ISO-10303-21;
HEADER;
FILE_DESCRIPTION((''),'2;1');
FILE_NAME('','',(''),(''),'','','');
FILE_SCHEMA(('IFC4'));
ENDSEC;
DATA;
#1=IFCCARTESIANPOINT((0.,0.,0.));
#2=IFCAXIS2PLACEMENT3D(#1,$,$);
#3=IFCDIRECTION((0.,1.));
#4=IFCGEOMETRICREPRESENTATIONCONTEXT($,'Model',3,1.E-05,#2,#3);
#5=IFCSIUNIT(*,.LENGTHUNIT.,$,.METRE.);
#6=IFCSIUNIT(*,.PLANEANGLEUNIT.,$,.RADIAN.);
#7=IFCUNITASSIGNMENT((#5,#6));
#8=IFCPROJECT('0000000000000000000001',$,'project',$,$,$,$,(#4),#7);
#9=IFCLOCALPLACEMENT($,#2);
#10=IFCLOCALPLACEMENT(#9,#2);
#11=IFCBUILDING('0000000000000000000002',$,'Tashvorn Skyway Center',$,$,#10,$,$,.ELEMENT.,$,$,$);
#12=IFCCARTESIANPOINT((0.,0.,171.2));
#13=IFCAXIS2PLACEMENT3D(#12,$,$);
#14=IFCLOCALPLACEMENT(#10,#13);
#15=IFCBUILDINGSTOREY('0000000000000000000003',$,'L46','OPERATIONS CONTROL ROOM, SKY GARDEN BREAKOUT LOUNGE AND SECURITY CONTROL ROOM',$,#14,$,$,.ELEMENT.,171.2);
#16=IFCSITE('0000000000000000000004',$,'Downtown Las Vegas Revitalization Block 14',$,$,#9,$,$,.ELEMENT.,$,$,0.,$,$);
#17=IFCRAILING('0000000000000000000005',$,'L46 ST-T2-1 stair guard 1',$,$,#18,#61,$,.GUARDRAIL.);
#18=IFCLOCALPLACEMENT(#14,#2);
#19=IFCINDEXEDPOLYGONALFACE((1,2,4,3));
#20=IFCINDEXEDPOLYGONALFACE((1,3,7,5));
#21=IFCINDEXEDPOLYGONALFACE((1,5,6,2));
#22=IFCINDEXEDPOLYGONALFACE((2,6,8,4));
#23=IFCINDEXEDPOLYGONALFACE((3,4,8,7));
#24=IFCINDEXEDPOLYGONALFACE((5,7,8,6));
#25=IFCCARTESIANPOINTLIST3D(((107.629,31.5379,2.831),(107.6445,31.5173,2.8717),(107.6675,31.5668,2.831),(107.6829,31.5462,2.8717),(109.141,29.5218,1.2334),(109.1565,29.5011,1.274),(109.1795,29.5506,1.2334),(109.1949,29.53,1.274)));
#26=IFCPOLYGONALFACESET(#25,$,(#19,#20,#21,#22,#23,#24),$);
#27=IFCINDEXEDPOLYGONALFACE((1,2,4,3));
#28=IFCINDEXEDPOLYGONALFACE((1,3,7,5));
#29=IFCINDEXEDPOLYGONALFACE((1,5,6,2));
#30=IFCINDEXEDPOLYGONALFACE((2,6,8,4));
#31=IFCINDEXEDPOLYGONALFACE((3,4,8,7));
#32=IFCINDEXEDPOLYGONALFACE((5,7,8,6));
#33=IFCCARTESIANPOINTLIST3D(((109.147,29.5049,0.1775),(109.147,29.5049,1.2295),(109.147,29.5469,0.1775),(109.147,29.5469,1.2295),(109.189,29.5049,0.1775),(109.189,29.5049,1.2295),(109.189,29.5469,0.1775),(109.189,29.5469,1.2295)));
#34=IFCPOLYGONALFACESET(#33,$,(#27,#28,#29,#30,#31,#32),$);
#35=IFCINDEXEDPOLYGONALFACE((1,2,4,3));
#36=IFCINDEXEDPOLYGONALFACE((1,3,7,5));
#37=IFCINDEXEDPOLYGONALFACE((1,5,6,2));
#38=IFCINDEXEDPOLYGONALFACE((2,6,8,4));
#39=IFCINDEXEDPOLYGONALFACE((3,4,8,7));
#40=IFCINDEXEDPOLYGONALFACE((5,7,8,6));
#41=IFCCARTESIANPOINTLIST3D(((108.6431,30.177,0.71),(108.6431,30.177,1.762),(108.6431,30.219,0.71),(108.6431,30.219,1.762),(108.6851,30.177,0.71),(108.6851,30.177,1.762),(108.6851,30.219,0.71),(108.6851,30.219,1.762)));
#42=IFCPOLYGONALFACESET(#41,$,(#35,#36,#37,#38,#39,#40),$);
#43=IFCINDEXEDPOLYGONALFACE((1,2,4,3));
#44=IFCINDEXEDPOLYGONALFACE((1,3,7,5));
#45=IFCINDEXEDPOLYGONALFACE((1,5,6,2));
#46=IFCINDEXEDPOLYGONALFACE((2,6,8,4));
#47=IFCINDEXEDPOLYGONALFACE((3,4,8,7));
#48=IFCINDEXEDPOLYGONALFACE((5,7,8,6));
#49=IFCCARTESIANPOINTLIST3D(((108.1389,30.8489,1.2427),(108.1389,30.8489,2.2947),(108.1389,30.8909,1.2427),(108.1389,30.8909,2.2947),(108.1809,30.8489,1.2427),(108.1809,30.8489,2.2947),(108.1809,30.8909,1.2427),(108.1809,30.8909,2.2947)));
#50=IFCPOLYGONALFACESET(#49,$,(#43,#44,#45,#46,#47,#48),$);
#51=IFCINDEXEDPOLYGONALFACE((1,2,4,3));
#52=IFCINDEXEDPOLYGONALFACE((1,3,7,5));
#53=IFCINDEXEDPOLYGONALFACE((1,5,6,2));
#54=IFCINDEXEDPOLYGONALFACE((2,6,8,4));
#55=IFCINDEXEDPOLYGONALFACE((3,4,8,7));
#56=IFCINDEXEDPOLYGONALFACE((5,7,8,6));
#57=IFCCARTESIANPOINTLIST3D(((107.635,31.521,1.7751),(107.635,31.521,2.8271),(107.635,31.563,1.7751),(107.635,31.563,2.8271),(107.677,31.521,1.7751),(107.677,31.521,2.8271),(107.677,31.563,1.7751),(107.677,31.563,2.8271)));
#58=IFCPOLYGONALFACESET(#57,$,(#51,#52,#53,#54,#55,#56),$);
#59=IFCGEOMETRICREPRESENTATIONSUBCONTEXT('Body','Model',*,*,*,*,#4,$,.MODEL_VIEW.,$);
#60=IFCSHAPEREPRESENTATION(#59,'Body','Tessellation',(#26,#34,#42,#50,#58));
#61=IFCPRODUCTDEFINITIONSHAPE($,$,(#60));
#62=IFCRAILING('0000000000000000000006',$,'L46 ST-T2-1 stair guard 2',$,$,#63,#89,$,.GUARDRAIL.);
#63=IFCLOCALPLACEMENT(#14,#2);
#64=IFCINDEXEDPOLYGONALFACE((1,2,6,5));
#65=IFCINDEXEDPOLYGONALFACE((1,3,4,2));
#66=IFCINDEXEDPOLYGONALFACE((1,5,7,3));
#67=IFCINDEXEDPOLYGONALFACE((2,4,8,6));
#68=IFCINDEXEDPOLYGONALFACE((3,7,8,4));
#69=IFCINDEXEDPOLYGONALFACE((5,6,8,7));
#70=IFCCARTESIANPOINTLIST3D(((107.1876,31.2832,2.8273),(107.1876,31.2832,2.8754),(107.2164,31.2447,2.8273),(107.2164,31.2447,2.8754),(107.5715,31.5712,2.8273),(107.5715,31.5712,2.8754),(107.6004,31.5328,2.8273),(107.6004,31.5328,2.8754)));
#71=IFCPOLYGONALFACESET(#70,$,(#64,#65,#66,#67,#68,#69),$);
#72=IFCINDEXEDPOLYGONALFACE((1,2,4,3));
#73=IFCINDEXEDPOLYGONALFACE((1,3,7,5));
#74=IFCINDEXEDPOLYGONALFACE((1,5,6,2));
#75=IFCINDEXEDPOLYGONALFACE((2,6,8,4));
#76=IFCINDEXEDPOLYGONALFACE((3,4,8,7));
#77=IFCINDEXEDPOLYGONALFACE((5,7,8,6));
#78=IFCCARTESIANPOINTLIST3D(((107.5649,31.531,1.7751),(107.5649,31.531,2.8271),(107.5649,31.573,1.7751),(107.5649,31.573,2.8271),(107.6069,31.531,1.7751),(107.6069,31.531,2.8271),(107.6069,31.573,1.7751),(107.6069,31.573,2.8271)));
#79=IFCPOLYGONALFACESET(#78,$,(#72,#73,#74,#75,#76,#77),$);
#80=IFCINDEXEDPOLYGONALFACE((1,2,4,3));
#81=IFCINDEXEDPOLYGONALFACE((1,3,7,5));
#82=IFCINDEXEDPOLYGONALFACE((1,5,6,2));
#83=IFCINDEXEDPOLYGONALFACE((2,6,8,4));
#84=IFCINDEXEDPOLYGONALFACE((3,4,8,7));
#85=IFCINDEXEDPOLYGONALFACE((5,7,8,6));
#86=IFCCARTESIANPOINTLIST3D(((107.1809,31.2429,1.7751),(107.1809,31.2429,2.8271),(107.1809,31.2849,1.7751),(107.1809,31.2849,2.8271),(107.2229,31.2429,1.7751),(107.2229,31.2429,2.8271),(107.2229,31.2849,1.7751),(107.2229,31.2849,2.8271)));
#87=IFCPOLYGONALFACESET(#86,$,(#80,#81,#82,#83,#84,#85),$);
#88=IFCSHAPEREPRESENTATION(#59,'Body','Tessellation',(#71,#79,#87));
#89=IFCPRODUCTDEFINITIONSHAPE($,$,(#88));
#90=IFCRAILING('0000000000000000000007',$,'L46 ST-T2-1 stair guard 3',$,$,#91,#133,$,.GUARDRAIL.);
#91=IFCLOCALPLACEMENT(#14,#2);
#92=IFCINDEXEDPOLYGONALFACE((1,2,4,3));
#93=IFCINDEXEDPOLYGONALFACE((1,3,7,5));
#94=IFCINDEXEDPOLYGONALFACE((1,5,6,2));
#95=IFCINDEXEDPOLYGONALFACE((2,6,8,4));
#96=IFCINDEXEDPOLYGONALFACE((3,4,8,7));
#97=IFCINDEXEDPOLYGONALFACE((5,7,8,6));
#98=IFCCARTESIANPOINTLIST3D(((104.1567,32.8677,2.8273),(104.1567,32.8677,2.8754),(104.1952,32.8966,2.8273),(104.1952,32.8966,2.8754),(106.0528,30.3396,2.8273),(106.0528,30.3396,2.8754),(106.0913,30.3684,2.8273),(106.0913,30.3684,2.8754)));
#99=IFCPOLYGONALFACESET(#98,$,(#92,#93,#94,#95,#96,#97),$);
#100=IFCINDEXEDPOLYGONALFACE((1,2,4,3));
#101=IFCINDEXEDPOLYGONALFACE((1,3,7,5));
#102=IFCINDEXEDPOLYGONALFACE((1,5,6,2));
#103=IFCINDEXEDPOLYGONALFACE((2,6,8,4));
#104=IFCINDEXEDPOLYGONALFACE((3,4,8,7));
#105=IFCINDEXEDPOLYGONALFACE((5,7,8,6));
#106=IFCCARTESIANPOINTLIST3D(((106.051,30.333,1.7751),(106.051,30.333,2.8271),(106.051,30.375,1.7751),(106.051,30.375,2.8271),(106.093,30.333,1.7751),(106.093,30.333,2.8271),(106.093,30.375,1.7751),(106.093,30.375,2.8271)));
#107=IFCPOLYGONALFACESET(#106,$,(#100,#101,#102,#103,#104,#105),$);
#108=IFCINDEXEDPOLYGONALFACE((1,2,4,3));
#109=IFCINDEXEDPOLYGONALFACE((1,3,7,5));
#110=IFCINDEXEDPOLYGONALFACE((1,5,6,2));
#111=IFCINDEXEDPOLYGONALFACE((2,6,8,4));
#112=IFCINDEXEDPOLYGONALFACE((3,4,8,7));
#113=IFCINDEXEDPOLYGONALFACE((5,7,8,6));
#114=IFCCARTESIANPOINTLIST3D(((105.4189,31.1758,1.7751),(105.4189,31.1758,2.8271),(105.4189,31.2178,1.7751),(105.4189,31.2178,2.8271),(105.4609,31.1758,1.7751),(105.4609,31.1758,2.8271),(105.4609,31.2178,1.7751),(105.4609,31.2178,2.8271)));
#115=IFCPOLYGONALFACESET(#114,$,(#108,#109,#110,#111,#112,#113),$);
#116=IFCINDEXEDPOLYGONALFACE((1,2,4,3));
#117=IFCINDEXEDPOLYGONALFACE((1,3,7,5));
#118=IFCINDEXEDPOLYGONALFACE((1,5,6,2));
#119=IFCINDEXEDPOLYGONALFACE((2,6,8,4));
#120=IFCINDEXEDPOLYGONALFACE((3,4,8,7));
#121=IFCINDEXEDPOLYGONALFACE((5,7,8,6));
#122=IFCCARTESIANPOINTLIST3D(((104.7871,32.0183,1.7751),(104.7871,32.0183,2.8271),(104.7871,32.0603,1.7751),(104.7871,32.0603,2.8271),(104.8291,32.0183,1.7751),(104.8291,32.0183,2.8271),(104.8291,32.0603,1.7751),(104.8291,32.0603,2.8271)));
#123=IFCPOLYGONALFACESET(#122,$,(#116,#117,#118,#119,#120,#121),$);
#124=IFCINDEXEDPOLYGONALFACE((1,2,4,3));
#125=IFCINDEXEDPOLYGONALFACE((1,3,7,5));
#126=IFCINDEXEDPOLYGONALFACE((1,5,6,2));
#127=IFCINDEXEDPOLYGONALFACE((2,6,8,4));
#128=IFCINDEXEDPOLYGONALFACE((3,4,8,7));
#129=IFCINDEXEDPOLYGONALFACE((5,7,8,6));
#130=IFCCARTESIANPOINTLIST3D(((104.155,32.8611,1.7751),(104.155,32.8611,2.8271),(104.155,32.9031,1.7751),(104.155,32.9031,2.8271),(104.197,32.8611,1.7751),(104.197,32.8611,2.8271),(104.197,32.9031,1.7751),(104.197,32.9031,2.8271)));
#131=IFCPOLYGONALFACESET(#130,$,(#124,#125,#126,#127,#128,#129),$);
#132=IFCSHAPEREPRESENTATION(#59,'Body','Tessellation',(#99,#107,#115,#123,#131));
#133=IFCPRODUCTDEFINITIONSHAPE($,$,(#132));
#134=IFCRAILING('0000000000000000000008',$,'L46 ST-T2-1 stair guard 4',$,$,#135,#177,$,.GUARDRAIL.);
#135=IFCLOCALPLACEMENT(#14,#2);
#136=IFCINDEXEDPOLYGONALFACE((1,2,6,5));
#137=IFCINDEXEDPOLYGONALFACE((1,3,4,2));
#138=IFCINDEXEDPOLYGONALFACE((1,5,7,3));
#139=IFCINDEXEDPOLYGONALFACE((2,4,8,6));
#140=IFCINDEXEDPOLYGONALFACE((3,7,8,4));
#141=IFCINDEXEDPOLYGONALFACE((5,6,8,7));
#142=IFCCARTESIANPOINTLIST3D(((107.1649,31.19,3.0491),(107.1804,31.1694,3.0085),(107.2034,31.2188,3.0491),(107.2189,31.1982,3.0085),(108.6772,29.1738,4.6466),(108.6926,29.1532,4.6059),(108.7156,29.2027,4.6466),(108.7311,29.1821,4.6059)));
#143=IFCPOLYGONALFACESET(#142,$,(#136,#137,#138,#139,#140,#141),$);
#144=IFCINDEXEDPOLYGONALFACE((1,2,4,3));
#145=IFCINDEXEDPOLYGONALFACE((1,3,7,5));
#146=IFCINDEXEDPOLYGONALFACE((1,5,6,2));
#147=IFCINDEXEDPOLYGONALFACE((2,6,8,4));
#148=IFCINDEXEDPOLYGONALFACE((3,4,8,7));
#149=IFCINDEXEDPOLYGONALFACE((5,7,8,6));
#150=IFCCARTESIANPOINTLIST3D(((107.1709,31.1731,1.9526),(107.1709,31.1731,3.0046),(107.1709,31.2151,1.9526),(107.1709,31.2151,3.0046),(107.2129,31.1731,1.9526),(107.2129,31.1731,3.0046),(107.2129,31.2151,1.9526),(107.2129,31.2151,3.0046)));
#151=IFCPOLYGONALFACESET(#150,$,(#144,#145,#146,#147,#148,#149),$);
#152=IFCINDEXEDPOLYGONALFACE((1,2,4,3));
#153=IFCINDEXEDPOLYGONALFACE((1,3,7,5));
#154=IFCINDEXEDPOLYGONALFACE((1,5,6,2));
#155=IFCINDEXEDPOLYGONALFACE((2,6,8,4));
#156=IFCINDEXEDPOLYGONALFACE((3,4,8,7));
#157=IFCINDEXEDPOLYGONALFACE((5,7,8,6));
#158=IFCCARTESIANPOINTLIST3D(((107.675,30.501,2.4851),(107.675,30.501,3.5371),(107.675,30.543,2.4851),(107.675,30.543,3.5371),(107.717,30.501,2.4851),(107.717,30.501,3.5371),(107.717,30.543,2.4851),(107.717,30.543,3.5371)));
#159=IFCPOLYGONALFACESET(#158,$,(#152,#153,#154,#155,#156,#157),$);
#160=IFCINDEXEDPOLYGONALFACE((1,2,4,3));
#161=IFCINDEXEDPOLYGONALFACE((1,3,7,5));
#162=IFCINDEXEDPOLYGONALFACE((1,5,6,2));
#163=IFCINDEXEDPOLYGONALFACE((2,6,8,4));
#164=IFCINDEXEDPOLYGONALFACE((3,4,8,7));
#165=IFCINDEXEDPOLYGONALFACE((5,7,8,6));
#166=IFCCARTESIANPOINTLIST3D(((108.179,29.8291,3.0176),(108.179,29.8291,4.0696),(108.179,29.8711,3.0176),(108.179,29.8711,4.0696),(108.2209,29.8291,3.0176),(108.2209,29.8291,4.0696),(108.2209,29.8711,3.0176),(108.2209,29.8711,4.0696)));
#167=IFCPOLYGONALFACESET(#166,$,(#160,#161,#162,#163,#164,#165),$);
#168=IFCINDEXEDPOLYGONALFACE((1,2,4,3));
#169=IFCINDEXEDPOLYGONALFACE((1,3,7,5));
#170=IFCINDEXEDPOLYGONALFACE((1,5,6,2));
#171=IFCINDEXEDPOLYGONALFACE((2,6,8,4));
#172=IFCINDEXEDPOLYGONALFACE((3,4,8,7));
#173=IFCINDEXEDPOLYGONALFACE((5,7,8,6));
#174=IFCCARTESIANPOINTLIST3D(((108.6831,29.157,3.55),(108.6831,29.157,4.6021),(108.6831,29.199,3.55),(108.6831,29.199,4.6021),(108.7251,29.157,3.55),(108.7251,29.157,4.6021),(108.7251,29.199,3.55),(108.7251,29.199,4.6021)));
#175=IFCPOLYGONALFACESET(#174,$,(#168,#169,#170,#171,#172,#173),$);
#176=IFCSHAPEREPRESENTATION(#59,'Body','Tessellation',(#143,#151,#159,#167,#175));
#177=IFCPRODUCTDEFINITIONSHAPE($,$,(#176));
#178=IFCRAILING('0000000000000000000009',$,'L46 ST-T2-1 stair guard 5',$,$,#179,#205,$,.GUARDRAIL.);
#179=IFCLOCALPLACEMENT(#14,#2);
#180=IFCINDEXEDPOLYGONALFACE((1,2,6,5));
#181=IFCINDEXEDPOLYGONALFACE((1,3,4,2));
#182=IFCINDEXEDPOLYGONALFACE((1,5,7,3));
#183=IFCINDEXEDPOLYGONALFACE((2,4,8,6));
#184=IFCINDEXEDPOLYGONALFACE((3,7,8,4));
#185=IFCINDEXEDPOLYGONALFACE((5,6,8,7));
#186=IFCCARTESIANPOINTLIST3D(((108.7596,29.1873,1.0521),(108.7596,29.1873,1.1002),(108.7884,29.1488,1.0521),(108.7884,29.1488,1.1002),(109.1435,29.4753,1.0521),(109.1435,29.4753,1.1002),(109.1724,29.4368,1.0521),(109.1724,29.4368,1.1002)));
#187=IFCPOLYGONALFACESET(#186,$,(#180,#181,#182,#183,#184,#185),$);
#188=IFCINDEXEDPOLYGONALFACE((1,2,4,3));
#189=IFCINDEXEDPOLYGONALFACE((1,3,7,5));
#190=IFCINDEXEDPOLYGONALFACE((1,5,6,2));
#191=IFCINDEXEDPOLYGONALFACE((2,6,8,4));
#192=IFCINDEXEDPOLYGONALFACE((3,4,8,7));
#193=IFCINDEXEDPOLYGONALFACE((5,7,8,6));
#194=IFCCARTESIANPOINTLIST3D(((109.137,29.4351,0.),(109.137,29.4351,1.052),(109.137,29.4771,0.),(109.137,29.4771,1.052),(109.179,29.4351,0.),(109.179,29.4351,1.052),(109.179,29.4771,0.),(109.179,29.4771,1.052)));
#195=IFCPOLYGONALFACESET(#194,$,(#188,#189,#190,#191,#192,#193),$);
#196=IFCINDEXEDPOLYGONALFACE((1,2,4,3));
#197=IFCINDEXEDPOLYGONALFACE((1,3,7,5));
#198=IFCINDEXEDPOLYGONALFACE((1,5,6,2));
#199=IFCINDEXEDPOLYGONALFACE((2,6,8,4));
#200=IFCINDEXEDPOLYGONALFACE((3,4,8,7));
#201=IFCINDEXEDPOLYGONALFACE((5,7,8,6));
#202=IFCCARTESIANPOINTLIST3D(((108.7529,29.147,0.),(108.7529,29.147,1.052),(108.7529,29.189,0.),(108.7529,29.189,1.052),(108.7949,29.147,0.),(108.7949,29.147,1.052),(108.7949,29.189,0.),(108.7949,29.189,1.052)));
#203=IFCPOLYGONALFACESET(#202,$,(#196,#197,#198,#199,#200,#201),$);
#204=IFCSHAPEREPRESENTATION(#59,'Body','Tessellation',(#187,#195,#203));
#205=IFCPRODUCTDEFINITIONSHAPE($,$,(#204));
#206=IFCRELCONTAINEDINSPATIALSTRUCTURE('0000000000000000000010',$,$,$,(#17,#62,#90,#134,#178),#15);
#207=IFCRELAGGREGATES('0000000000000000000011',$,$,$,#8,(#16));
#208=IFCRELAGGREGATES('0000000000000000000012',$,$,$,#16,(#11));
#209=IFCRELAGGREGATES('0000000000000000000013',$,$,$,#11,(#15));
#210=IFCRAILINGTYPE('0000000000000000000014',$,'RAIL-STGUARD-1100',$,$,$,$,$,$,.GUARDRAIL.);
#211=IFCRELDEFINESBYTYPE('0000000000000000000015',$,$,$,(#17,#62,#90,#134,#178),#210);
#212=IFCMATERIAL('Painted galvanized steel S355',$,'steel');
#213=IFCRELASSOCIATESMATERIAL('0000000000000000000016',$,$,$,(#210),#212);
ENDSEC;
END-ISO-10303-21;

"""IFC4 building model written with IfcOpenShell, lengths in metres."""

from ifc_helpers import new_model, si_unit, direction, frame, origin, origin_2d, place, context, subcontext, project, spatial, rectangle, extrude, material, type_object, element, save


model = new_model("IFC4")

# Units and contexts
model_context = context("Model", 3, precision=1e-05, world=origin(), true_north=direction((0.0, 1.0)))
body_context = subcontext(model_context, "Body", "Model", "MODEL_VIEW")
ifc_project = project(units=[si_unit("LENGTHUNIT", "METRE"), si_unit("PLANEANGLEUNIT", "RADIAN")], contexts=[model_context])

# Site, building, storey
site_placement = place(None, origin())
site = spatial("IfcSite", under=ifc_project, at=site_placement, Name="Downtown Las Vegas Revitalization Block 14", CompositionType="ELEMENT", RefElevation=0.0)
building_placement = place(site_placement, origin())
building = spatial("IfcBuilding", under=site, at=building_placement, Name="Tashvorn Skyway Center", CompositionType="ELEMENT")
storey_placement = place(building_placement, frame((0.0, 0.0, 171.2)))
storey = spatial("IfcBuildingStorey", under=building, at=storey_placement, Name="L46", Description="OPERATIONS CONTROL ROOM, SKY GARDEN BREAKOUT LOUNGE AND SECURITY CONTROL ROOM", CompositionType="ELEMENT", Elevation=171.2)

# Railings
ifc_material_1 = material(Name="Painted galvanized steel S355", Category="steel")
railing_type_1 = type_object("IfcRailingType", Name="RAIL-STGUARD-1100", PredefinedType="GUARDRAIL", material=ifc_material_1)
railing_1_placement = place(storey_placement, frame((109.168, 29.5259, 0.1775)))
element("IfcRailing", 1, at=railing_1_placement, inside=storey, type_object=railing_type_1, Name="L46 ST-T2-1 stair guard 1", PredefinedType="GUARDRAIL", context=body_context, shape_type="SweptSolid", body=[
    extrude(rectangle(XDim=0.0481, YDim=0.0481, at=origin_2d()), frame((0.0, 0.0, 1.0762), z_axis=(-0.506719, 0.675679, 0.535438), x_axis=(-0.800023, -0.599969, 0.0)), (0.0, 0.0, 1.0), 2.9839),
    extrude(rectangle(XDim=0.042, YDim=0.042, at=origin_2d()), origin(), (0.0, 0.0, 1.0), 1.052),
    extrude(rectangle(XDim=0.042, YDim=0.042, at=origin_2d()), frame((-0.5039, 0.6721, 0.5325)), (0.0, 0.0, 1.0), 1.052),
    extrude(rectangle(XDim=0.042, YDim=0.042, at=origin_2d()), frame((-1.0081, 1.344, 1.0652)), (0.0, 0.0, 1.0), 1.052),
    extrude(rectangle(XDim=0.042, YDim=0.042, at=origin_2d()), frame((-1.512, 2.0161, 1.5977)), (0.0, 0.0, 1.0), 1.052),
])
railing_2_placement = place(storey_placement, frame((107.5859, 31.552, 1.7751)))
element("IfcRailing", 2, at=railing_2_placement, inside=storey, type_object=railing_type_1, Name="L46 ST-T2-1 stair guard 2", PredefinedType="GUARDRAIL", context=body_context, shape_type="SweptSolid", body=[
    extrude(rectangle(XDim=0.0481, YDim=0.0481, at=origin_2d()), frame((0.0, 0.0, 1.0762), z_axis=(-0.799939, -0.600081, 0.0), x_axis=(0.600081, -0.799939, 0.0)), (0.0, 0.0, 1.0), 0.48),
    extrude(rectangle(XDim=0.042, YDim=0.042, at=origin_2d()), origin(), (0.0, 0.0, 1.0), 1.052),
    extrude(rectangle(XDim=0.042, YDim=0.042, at=origin_2d()), frame((-0.384, -0.2881, 0.0)), (0.0, 0.0, 1.0), 1.052),
])
railing_3_placement = place(storey_placement, frame((106.072, 30.354, 1.7751)))
element("IfcRailing", 3, at=railing_3_placement, inside=storey, type_object=railing_type_1, Name="L46 ST-T2-1 stair guard 3", PredefinedType="GUARDRAIL", context=body_context, shape_type="SweptSolid", body=[
    extrude(rectangle(XDim=0.0481, YDim=0.0481, at=origin_2d()), frame((0.0, 0.0, 1.0762), z_axis=(-0.599988, 0.800009, 0.0), x_axis=(-0.800009, -0.599988, 0.0)), (0.0, 0.0, 1.0), 3.1602),
    extrude(rectangle(XDim=0.042, YDim=0.042, at=origin_2d()), origin(), (0.0, 0.0, 1.0), 1.052),
    extrude(rectangle(XDim=0.042, YDim=0.042, at=origin_2d()), frame((-0.6321, 0.8428, 0.0)), (0.0, 0.0, 1.0), 1.052),
    extrude(rectangle(XDim=0.042, YDim=0.042, at=origin_2d()), frame((-1.2639, 1.6853, 0.0)), (0.0, 0.0, 1.0), 1.052),
    extrude(rectangle(XDim=0.042, YDim=0.042, at=origin_2d()), frame((-1.896, 2.5281, 0.0)), (0.0, 0.0, 1.0), 1.052),
])
railing_4_placement = place(storey_placement, frame((107.1919, 31.1941, 1.9526)))
element("IfcRailing", 4, at=railing_4_placement, inside=storey, type_object=railing_type_1, Name="L46 ST-T2-1 stair guard 4", PredefinedType="GUARDRAIL", context=body_context, shape_type="SweptSolid", body=[
    extrude(rectangle(XDim=0.0481, YDim=0.0481, at=origin_2d()), frame((0.0, 0.0, 1.0762), z_axis=(0.506802, -0.675681, 0.535357), x_axis=(0.799977, 0.600031, 0.0)), (0.0, 0.0, 1.0), 2.9839),
    extrude(rectangle(XDim=0.042, YDim=0.042, at=origin_2d()), origin(), (0.0, 0.0, 1.0), 1.052),
    extrude(rectangle(XDim=0.042, YDim=0.042, at=origin_2d()), frame((0.5042, -0.6721, 0.5325)), (0.0, 0.0, 1.0), 1.052),
    extrude(rectangle(XDim=0.042, YDim=0.042, at=origin_2d()), frame((1.0081, -1.344, 1.0649)), (0.0, 0.0, 1.0), 1.052),
    extrude(rectangle(XDim=0.042, YDim=0.042, at=origin_2d()), frame((1.5122, -2.0161, 1.5974)), (0.0, 0.0, 1.0), 1.052),
])
railing_5_placement = place(storey_placement, frame((109.158, 29.4561, 0.0)))
element("IfcRailing", 5, at=railing_5_placement, inside=storey, type_object=railing_type_1, Name="L46 ST-T2-1 stair guard 5", PredefinedType="GUARDRAIL", context=body_context, shape_type="SweptSolid", body=[
    extrude(rectangle(XDim=0.0481, YDim=0.0481, at=origin_2d()), frame((0.0, 0.0, 1.0762), z_axis=(-0.799939, -0.600081, 0.0), x_axis=(0.600081, -0.799939, 0.0)), (0.0, 0.0, 1.0), 0.48),
    extrude(rectangle(XDim=0.042, YDim=0.042, at=origin_2d()), origin(), (0.0, 0.0, 1.0), 1.052),
    extrude(rectangle(XDim=0.042, YDim=0.042, at=origin_2d()), frame((-0.384, -0.2881, 0.0)), (0.0, 0.0, 1.0), 1.052),
])

save(model, "model.ifc")
